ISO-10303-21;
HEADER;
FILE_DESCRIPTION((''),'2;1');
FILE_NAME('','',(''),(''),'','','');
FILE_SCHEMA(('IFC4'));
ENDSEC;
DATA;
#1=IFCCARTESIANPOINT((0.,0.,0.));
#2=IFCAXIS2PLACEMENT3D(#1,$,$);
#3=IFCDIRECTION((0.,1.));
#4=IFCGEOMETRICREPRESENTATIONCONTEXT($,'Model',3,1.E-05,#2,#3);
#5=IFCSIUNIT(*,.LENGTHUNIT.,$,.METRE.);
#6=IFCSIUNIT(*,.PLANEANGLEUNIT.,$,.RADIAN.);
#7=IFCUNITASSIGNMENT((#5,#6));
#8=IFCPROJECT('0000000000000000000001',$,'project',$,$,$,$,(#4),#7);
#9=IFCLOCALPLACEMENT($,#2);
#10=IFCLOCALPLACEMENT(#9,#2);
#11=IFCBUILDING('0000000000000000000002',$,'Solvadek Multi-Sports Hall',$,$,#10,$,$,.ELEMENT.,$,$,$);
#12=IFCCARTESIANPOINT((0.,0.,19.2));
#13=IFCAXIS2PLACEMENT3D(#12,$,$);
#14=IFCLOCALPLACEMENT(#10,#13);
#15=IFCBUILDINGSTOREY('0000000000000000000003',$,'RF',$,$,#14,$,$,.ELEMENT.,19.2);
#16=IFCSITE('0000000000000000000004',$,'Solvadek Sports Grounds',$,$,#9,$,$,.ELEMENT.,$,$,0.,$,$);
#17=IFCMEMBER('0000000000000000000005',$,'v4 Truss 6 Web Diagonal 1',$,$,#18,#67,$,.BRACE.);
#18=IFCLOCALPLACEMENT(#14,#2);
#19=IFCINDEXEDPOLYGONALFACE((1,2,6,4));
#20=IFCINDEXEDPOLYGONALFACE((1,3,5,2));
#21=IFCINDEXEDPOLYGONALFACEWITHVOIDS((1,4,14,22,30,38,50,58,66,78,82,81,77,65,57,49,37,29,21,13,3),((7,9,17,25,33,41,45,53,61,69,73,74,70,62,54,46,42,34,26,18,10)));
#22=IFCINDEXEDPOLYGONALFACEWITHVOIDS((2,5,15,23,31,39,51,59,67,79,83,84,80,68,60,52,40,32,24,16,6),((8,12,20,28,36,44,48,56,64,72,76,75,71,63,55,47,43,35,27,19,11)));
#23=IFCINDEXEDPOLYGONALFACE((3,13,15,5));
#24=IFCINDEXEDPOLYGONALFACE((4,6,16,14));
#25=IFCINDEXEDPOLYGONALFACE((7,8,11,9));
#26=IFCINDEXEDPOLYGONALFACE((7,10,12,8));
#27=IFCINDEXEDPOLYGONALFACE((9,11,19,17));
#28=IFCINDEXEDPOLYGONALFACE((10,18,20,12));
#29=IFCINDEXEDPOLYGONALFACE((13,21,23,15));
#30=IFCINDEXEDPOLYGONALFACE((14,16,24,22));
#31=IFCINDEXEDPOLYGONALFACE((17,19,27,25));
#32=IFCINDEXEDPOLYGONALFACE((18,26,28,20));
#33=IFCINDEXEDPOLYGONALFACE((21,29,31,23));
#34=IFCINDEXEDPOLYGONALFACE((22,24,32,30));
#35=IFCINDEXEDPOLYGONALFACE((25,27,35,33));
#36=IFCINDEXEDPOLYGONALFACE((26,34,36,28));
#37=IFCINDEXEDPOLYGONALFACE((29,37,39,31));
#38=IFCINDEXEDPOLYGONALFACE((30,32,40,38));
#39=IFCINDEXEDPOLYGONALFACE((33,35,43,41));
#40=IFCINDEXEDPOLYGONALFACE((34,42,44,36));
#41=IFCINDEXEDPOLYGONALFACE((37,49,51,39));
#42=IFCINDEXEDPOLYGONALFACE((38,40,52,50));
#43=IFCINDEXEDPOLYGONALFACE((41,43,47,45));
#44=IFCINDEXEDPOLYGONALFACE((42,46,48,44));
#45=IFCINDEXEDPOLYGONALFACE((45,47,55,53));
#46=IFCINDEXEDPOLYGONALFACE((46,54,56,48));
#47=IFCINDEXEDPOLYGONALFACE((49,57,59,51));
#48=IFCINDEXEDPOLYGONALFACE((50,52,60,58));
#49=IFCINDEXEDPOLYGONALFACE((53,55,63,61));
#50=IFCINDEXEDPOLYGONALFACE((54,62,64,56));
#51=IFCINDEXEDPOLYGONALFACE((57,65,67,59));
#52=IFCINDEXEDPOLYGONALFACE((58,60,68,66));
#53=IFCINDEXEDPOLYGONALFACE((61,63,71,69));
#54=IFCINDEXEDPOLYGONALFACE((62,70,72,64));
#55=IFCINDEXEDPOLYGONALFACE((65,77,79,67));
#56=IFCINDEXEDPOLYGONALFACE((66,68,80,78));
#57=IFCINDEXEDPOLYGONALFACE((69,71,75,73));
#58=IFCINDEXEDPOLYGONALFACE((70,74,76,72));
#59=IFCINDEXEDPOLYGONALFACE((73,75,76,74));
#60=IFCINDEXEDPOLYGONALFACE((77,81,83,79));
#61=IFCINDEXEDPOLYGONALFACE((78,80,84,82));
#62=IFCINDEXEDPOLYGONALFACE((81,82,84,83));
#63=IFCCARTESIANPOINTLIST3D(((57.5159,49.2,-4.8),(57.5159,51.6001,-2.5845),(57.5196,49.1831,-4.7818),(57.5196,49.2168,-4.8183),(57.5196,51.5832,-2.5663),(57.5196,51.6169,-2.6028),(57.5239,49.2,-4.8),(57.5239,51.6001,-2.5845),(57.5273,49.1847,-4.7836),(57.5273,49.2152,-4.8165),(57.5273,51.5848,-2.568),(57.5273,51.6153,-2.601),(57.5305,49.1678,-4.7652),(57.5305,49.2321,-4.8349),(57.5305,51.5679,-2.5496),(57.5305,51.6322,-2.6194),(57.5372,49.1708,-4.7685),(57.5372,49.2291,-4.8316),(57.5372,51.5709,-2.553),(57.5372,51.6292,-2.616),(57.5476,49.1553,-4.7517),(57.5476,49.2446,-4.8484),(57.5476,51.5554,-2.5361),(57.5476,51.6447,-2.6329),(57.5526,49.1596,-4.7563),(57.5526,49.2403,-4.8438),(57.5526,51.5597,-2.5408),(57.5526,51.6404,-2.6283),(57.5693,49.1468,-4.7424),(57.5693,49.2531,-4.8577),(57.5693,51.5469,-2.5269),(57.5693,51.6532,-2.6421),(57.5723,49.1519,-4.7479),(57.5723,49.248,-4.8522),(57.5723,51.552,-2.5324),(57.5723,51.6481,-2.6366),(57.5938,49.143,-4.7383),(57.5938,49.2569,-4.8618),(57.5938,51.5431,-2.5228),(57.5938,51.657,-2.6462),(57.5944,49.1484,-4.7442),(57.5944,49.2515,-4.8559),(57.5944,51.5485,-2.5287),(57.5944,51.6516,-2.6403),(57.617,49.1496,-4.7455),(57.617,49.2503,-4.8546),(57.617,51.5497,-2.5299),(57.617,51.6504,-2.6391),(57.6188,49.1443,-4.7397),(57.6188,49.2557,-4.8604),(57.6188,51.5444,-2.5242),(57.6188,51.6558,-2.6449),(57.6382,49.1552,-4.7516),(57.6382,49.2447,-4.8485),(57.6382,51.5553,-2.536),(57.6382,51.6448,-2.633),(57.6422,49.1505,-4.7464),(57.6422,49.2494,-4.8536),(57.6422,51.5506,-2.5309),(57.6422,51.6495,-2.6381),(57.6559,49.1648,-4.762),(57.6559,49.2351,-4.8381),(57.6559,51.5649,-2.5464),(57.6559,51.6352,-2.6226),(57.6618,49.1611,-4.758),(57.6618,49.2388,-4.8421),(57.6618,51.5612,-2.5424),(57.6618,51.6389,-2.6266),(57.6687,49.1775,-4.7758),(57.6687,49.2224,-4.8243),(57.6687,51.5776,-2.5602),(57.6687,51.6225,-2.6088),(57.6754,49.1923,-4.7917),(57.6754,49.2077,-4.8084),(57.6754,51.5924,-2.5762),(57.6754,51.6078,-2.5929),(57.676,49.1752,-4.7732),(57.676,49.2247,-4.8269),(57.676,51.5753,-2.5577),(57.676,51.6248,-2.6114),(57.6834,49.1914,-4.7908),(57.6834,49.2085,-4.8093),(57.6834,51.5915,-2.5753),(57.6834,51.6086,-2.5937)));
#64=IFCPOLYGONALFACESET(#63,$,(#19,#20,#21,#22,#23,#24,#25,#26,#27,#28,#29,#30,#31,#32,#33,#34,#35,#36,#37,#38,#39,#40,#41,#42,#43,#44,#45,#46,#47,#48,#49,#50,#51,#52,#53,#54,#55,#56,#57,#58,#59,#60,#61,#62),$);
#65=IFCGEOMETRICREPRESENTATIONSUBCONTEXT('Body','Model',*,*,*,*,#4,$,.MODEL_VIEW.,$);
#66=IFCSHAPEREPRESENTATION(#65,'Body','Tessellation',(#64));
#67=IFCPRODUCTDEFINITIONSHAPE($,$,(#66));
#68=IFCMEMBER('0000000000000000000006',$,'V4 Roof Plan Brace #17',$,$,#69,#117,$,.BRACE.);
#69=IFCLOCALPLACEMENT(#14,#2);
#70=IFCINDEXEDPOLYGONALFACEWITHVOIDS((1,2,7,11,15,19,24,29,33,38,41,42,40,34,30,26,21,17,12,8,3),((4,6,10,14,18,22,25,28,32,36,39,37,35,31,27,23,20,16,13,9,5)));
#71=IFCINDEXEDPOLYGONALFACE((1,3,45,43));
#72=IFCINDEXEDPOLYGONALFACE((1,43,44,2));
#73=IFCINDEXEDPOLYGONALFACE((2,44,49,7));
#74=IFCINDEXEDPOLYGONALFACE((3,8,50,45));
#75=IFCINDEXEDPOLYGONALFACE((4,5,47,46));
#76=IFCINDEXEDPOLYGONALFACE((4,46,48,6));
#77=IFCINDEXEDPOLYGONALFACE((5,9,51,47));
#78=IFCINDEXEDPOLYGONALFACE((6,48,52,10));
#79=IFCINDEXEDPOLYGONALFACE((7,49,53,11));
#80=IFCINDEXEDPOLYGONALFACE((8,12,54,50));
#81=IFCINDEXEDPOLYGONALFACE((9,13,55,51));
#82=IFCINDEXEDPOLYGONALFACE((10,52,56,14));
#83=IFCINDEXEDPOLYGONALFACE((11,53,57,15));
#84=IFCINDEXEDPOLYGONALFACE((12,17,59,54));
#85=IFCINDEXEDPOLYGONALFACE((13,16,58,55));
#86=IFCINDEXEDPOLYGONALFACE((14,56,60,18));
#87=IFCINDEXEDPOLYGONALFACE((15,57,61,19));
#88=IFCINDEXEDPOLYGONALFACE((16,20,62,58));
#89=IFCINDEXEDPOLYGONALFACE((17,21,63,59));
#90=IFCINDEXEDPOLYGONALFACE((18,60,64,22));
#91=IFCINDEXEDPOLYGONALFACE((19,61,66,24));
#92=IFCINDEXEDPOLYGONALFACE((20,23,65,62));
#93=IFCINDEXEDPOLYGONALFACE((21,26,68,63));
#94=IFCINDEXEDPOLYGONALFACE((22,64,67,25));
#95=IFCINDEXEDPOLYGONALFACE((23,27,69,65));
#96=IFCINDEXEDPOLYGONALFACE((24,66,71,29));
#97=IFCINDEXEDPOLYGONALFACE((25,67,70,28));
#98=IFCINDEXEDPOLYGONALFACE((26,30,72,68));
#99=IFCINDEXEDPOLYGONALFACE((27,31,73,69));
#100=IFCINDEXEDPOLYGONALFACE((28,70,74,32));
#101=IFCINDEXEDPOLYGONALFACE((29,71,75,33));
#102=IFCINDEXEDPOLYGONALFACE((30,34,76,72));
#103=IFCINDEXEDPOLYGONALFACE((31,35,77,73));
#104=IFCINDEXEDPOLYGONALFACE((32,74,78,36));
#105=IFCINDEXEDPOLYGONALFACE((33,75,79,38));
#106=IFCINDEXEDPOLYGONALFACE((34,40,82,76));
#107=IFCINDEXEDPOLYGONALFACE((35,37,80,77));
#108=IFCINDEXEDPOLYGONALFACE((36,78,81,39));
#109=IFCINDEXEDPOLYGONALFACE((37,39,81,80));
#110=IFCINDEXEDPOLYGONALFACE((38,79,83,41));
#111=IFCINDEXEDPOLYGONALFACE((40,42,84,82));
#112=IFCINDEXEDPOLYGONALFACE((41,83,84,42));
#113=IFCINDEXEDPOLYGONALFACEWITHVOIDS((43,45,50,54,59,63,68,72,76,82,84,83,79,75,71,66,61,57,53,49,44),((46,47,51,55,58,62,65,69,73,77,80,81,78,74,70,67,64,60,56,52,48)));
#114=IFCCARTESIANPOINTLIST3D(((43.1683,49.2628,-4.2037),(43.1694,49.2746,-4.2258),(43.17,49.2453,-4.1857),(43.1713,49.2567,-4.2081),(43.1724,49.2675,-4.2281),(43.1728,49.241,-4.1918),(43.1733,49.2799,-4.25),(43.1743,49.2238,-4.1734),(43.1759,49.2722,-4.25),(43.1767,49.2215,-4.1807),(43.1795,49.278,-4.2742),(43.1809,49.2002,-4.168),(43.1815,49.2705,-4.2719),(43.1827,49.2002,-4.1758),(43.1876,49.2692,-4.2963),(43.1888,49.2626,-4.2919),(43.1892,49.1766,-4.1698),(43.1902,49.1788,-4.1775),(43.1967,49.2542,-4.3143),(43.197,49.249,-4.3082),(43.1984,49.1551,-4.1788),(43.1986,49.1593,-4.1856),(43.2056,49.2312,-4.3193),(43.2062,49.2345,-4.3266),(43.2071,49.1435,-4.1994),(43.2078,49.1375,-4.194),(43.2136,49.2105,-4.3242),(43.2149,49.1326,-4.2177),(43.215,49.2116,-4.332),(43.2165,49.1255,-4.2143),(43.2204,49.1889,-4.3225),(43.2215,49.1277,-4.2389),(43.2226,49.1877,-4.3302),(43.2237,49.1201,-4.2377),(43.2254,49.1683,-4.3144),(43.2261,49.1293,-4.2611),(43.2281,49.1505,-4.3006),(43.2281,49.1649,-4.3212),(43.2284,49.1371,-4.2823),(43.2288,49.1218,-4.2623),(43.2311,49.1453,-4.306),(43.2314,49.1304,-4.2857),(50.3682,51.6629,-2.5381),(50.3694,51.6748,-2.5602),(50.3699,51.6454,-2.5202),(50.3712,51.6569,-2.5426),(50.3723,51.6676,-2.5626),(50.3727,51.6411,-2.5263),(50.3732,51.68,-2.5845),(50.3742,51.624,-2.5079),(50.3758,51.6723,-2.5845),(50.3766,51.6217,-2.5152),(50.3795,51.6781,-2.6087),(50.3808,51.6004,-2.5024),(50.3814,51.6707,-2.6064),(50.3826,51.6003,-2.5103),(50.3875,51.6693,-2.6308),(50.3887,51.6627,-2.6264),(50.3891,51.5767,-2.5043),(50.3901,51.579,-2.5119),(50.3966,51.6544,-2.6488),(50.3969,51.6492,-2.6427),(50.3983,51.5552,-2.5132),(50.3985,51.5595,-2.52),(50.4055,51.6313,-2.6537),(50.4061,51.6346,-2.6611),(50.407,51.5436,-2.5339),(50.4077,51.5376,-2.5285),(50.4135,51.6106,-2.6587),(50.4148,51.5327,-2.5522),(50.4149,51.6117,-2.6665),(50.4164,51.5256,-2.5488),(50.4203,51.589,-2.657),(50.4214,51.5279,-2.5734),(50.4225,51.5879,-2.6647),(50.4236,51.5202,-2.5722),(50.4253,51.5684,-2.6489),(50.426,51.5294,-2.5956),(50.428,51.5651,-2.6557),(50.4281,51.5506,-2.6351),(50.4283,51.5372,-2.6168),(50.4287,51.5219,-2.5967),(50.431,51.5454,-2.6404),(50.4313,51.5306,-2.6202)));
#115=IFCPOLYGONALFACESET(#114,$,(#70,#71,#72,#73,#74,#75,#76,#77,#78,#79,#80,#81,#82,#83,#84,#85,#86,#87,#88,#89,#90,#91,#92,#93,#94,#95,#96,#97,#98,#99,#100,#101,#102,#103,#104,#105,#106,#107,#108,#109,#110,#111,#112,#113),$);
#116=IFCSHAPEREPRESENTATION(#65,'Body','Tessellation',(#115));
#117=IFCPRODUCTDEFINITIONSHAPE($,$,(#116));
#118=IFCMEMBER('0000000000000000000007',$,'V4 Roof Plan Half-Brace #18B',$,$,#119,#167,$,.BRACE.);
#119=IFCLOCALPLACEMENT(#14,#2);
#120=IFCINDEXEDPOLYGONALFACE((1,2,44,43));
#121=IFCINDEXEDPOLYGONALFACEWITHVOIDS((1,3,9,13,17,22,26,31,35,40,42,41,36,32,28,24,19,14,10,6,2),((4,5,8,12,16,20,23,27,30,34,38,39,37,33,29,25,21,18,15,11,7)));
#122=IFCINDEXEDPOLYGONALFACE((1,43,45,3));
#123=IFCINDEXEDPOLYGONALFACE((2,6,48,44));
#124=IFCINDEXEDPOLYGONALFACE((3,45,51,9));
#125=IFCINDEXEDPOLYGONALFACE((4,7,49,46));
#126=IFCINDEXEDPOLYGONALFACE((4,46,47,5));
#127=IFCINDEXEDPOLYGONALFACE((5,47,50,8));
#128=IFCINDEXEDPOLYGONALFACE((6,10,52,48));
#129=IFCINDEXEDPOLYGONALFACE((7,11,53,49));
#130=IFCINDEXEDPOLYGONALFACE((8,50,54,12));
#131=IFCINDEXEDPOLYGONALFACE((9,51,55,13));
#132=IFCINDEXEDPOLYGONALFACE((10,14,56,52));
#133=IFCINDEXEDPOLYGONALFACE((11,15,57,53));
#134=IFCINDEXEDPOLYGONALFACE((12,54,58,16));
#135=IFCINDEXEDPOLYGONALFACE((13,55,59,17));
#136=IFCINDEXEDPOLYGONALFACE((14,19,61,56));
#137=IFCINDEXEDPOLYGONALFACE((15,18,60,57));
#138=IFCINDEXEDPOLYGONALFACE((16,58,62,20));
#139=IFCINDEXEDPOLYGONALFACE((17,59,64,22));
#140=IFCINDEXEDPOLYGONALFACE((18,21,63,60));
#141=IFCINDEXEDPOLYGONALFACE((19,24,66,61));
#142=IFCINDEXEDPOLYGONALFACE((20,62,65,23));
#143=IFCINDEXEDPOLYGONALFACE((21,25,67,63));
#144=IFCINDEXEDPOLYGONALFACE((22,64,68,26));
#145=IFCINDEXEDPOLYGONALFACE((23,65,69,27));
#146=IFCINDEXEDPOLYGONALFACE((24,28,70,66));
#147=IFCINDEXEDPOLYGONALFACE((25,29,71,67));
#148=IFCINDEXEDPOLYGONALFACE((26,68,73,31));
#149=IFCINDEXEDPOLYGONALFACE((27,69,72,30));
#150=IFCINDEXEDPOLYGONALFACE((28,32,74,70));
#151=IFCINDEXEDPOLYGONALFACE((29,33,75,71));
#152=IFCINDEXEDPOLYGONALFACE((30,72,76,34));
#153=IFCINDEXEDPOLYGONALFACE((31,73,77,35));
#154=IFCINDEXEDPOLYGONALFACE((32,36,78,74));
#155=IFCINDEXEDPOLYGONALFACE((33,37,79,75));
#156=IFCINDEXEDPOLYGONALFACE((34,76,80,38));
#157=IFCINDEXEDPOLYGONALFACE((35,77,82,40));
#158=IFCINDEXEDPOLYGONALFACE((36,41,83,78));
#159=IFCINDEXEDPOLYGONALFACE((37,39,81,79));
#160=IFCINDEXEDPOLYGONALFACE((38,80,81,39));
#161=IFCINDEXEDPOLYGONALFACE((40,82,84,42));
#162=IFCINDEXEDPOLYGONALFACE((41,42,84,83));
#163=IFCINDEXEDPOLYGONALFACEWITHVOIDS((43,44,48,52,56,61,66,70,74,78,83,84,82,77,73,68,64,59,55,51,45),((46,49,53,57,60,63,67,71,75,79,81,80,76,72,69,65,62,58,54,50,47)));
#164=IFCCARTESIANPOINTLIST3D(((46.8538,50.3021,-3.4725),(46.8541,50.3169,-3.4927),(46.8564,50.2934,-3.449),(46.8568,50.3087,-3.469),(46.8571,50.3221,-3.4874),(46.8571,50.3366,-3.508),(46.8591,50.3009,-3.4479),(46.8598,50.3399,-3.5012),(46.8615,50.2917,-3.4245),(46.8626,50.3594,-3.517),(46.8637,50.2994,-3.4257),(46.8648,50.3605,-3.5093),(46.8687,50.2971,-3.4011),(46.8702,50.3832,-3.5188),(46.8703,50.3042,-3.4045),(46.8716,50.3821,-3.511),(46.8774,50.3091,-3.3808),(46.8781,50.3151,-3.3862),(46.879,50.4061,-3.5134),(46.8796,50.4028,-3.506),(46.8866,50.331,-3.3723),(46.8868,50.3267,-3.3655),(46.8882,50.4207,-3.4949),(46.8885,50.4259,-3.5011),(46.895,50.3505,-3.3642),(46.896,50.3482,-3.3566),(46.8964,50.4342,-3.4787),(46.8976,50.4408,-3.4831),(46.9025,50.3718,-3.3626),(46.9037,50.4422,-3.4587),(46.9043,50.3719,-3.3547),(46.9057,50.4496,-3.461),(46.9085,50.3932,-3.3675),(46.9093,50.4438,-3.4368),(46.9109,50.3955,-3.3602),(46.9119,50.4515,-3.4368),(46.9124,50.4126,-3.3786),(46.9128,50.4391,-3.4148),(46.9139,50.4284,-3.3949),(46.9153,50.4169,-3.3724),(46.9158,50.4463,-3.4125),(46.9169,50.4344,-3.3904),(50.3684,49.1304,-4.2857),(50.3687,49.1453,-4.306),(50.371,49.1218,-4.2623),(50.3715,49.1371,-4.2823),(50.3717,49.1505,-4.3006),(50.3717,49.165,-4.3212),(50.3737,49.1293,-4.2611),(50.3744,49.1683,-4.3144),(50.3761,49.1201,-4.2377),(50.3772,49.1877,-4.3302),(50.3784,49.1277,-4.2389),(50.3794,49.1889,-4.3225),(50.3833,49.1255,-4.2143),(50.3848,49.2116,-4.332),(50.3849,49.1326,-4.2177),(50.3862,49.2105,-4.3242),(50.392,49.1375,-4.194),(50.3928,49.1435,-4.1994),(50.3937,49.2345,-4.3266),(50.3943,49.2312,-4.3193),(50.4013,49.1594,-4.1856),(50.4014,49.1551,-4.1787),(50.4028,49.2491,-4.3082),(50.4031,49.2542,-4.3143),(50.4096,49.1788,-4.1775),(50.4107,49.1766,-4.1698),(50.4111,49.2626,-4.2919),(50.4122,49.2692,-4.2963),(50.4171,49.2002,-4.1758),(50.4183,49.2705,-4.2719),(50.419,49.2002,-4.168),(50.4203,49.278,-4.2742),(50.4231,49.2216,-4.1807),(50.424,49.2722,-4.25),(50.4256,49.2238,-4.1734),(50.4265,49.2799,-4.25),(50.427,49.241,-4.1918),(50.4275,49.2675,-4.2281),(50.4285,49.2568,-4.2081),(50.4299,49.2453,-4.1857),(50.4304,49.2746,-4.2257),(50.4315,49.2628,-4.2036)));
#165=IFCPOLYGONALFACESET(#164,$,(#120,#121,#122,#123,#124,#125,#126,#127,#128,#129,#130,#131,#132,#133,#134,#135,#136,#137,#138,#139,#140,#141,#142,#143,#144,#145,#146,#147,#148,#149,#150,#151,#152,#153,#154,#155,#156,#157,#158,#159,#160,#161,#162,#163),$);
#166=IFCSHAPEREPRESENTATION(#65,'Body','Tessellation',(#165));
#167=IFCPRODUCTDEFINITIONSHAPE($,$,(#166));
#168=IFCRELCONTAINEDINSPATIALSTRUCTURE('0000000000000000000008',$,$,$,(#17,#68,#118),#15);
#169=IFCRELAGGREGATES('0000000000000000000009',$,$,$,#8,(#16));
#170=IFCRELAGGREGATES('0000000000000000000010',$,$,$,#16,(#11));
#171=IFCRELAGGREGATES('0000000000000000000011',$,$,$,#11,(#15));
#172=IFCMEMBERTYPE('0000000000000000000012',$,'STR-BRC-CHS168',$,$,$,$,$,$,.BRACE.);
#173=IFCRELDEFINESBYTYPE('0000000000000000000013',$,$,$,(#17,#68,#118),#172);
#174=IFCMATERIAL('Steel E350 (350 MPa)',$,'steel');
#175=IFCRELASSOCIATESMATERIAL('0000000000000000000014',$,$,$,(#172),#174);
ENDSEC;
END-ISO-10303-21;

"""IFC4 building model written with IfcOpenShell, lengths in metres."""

from ifc_helpers import new_model, si_unit, direction, frame, origin, origin_2d, place, context, subcontext, project, spatial, hollow_circle, extrude, material, material_profile, profile_set, type_object, element, save


model = new_model("IFC4")

# Units and contexts
model_context = context("Model", 3, precision=1e-05, world=origin(), true_north=direction((0.0, 1.0)))
body_context = subcontext(model_context, "Body", "Model", "MODEL_VIEW")
ifc_project = project(units=[si_unit("LENGTHUNIT", "METRE"), si_unit("PLANEANGLEUNIT", "RADIAN")], contexts=[model_context])

# Site, building, storey
site_placement = place(None, origin())
site = spatial("IfcSite", under=ifc_project, at=site_placement, Name="Solvadek Sports Grounds", CompositionType="ELEMENT", RefElevation=0.0)
building_placement = place(site_placement, origin())
building = spatial("IfcBuilding", under=site, at=building_placement, Name="Solvadek Multi-Sports Hall", CompositionType="ELEMENT")
storey_placement = place(building_placement, frame((0.0, 0.0, 19.2)))
storey = spatial("IfcBuildingStorey", under=building, at=storey_placement, Name="RF", CompositionType="ELEMENT", Elevation=19.2)

# Shared definitions
ifc_material_1 = material(Name="Steel E350 (350 MPa)", Category="steel")

# Members
ifc_material_profile_1 = material_profile(ifc_material_1, hollow_circle(Radius=0.0842, WallThickness=0.0081, at=origin_2d()), Name="CHS 168.3x8")
ifc_profile_set_1 = profile_set([ifc_material_profile_1], Name="Steel E350 (350 MPa)")
member_type_1 = type_object("IfcMemberType", Name="STR-BRC-CHS168", PredefinedType="BRACE", material=ifc_profile_set_1)
for number, where, z_axis, x_axis, name in (
    (1, (57.6001, 49.2, -4.8), (0.0, 0.734795, 0.678289), (-1.0, 0.0, 0.0), "v4 Truss 6 Web Diagonal 1"),
):
    element("IfcMember", number, at=place(storey_placement, frame(where, z_axis=z_axis, x_axis=x_axis)), inside=storey, type_object=member_type_1, Name=name, PredefinedType="BRACE", context=body_context, shape_type="SweptSolid", body=[
        extrude(hollow_circle(Radius=0.0842, WallThickness=0.0081, at=origin_2d()), origin(), (0.0, 0.0, 1.0), 3.2664),
    ])
member_1_placement = place(storey_placement, frame((43.2, 49.2, -4.25), z_axis=(0.926626, 0.308896, 0.214352), x_axis=(-0.316247, 0.948677, 0.0)))
element("IfcMember", 2, at=member_1_placement, inside=storey, type_object=member_type_1, Name="V4 Roof Plan Brace #17", PredefinedType="BRACE", context=body_context, shape_type="SweptSolid", body=[
    extrude(hollow_circle(Radius=0.0842, WallThickness=0.0081, at=origin_2d()), origin(), (0.0, 0.0, 1.0), 7.77),
])
member_2_placement = place(storey_placement, frame((46.8853, 50.3716, -3.4368), z_axis=(0.926615, -0.308893, -0.214404), x_axis=(0.316248, 0.948677, 0.0)))
element("IfcMember", 3, at=member_2_placement, inside=storey, type_object=member_type_1, Name="V4 Roof Plan Half-Brace #18B", PredefinedType="BRACE", context=body_context, shape_type="SweptSolid", body=[
    extrude(hollow_circle(Radius=0.0842, WallThickness=0.0081, at=origin_2d()), origin(), (0.0, 0.0, 1.0), 3.793),
])

save(model, "model.ifc")
